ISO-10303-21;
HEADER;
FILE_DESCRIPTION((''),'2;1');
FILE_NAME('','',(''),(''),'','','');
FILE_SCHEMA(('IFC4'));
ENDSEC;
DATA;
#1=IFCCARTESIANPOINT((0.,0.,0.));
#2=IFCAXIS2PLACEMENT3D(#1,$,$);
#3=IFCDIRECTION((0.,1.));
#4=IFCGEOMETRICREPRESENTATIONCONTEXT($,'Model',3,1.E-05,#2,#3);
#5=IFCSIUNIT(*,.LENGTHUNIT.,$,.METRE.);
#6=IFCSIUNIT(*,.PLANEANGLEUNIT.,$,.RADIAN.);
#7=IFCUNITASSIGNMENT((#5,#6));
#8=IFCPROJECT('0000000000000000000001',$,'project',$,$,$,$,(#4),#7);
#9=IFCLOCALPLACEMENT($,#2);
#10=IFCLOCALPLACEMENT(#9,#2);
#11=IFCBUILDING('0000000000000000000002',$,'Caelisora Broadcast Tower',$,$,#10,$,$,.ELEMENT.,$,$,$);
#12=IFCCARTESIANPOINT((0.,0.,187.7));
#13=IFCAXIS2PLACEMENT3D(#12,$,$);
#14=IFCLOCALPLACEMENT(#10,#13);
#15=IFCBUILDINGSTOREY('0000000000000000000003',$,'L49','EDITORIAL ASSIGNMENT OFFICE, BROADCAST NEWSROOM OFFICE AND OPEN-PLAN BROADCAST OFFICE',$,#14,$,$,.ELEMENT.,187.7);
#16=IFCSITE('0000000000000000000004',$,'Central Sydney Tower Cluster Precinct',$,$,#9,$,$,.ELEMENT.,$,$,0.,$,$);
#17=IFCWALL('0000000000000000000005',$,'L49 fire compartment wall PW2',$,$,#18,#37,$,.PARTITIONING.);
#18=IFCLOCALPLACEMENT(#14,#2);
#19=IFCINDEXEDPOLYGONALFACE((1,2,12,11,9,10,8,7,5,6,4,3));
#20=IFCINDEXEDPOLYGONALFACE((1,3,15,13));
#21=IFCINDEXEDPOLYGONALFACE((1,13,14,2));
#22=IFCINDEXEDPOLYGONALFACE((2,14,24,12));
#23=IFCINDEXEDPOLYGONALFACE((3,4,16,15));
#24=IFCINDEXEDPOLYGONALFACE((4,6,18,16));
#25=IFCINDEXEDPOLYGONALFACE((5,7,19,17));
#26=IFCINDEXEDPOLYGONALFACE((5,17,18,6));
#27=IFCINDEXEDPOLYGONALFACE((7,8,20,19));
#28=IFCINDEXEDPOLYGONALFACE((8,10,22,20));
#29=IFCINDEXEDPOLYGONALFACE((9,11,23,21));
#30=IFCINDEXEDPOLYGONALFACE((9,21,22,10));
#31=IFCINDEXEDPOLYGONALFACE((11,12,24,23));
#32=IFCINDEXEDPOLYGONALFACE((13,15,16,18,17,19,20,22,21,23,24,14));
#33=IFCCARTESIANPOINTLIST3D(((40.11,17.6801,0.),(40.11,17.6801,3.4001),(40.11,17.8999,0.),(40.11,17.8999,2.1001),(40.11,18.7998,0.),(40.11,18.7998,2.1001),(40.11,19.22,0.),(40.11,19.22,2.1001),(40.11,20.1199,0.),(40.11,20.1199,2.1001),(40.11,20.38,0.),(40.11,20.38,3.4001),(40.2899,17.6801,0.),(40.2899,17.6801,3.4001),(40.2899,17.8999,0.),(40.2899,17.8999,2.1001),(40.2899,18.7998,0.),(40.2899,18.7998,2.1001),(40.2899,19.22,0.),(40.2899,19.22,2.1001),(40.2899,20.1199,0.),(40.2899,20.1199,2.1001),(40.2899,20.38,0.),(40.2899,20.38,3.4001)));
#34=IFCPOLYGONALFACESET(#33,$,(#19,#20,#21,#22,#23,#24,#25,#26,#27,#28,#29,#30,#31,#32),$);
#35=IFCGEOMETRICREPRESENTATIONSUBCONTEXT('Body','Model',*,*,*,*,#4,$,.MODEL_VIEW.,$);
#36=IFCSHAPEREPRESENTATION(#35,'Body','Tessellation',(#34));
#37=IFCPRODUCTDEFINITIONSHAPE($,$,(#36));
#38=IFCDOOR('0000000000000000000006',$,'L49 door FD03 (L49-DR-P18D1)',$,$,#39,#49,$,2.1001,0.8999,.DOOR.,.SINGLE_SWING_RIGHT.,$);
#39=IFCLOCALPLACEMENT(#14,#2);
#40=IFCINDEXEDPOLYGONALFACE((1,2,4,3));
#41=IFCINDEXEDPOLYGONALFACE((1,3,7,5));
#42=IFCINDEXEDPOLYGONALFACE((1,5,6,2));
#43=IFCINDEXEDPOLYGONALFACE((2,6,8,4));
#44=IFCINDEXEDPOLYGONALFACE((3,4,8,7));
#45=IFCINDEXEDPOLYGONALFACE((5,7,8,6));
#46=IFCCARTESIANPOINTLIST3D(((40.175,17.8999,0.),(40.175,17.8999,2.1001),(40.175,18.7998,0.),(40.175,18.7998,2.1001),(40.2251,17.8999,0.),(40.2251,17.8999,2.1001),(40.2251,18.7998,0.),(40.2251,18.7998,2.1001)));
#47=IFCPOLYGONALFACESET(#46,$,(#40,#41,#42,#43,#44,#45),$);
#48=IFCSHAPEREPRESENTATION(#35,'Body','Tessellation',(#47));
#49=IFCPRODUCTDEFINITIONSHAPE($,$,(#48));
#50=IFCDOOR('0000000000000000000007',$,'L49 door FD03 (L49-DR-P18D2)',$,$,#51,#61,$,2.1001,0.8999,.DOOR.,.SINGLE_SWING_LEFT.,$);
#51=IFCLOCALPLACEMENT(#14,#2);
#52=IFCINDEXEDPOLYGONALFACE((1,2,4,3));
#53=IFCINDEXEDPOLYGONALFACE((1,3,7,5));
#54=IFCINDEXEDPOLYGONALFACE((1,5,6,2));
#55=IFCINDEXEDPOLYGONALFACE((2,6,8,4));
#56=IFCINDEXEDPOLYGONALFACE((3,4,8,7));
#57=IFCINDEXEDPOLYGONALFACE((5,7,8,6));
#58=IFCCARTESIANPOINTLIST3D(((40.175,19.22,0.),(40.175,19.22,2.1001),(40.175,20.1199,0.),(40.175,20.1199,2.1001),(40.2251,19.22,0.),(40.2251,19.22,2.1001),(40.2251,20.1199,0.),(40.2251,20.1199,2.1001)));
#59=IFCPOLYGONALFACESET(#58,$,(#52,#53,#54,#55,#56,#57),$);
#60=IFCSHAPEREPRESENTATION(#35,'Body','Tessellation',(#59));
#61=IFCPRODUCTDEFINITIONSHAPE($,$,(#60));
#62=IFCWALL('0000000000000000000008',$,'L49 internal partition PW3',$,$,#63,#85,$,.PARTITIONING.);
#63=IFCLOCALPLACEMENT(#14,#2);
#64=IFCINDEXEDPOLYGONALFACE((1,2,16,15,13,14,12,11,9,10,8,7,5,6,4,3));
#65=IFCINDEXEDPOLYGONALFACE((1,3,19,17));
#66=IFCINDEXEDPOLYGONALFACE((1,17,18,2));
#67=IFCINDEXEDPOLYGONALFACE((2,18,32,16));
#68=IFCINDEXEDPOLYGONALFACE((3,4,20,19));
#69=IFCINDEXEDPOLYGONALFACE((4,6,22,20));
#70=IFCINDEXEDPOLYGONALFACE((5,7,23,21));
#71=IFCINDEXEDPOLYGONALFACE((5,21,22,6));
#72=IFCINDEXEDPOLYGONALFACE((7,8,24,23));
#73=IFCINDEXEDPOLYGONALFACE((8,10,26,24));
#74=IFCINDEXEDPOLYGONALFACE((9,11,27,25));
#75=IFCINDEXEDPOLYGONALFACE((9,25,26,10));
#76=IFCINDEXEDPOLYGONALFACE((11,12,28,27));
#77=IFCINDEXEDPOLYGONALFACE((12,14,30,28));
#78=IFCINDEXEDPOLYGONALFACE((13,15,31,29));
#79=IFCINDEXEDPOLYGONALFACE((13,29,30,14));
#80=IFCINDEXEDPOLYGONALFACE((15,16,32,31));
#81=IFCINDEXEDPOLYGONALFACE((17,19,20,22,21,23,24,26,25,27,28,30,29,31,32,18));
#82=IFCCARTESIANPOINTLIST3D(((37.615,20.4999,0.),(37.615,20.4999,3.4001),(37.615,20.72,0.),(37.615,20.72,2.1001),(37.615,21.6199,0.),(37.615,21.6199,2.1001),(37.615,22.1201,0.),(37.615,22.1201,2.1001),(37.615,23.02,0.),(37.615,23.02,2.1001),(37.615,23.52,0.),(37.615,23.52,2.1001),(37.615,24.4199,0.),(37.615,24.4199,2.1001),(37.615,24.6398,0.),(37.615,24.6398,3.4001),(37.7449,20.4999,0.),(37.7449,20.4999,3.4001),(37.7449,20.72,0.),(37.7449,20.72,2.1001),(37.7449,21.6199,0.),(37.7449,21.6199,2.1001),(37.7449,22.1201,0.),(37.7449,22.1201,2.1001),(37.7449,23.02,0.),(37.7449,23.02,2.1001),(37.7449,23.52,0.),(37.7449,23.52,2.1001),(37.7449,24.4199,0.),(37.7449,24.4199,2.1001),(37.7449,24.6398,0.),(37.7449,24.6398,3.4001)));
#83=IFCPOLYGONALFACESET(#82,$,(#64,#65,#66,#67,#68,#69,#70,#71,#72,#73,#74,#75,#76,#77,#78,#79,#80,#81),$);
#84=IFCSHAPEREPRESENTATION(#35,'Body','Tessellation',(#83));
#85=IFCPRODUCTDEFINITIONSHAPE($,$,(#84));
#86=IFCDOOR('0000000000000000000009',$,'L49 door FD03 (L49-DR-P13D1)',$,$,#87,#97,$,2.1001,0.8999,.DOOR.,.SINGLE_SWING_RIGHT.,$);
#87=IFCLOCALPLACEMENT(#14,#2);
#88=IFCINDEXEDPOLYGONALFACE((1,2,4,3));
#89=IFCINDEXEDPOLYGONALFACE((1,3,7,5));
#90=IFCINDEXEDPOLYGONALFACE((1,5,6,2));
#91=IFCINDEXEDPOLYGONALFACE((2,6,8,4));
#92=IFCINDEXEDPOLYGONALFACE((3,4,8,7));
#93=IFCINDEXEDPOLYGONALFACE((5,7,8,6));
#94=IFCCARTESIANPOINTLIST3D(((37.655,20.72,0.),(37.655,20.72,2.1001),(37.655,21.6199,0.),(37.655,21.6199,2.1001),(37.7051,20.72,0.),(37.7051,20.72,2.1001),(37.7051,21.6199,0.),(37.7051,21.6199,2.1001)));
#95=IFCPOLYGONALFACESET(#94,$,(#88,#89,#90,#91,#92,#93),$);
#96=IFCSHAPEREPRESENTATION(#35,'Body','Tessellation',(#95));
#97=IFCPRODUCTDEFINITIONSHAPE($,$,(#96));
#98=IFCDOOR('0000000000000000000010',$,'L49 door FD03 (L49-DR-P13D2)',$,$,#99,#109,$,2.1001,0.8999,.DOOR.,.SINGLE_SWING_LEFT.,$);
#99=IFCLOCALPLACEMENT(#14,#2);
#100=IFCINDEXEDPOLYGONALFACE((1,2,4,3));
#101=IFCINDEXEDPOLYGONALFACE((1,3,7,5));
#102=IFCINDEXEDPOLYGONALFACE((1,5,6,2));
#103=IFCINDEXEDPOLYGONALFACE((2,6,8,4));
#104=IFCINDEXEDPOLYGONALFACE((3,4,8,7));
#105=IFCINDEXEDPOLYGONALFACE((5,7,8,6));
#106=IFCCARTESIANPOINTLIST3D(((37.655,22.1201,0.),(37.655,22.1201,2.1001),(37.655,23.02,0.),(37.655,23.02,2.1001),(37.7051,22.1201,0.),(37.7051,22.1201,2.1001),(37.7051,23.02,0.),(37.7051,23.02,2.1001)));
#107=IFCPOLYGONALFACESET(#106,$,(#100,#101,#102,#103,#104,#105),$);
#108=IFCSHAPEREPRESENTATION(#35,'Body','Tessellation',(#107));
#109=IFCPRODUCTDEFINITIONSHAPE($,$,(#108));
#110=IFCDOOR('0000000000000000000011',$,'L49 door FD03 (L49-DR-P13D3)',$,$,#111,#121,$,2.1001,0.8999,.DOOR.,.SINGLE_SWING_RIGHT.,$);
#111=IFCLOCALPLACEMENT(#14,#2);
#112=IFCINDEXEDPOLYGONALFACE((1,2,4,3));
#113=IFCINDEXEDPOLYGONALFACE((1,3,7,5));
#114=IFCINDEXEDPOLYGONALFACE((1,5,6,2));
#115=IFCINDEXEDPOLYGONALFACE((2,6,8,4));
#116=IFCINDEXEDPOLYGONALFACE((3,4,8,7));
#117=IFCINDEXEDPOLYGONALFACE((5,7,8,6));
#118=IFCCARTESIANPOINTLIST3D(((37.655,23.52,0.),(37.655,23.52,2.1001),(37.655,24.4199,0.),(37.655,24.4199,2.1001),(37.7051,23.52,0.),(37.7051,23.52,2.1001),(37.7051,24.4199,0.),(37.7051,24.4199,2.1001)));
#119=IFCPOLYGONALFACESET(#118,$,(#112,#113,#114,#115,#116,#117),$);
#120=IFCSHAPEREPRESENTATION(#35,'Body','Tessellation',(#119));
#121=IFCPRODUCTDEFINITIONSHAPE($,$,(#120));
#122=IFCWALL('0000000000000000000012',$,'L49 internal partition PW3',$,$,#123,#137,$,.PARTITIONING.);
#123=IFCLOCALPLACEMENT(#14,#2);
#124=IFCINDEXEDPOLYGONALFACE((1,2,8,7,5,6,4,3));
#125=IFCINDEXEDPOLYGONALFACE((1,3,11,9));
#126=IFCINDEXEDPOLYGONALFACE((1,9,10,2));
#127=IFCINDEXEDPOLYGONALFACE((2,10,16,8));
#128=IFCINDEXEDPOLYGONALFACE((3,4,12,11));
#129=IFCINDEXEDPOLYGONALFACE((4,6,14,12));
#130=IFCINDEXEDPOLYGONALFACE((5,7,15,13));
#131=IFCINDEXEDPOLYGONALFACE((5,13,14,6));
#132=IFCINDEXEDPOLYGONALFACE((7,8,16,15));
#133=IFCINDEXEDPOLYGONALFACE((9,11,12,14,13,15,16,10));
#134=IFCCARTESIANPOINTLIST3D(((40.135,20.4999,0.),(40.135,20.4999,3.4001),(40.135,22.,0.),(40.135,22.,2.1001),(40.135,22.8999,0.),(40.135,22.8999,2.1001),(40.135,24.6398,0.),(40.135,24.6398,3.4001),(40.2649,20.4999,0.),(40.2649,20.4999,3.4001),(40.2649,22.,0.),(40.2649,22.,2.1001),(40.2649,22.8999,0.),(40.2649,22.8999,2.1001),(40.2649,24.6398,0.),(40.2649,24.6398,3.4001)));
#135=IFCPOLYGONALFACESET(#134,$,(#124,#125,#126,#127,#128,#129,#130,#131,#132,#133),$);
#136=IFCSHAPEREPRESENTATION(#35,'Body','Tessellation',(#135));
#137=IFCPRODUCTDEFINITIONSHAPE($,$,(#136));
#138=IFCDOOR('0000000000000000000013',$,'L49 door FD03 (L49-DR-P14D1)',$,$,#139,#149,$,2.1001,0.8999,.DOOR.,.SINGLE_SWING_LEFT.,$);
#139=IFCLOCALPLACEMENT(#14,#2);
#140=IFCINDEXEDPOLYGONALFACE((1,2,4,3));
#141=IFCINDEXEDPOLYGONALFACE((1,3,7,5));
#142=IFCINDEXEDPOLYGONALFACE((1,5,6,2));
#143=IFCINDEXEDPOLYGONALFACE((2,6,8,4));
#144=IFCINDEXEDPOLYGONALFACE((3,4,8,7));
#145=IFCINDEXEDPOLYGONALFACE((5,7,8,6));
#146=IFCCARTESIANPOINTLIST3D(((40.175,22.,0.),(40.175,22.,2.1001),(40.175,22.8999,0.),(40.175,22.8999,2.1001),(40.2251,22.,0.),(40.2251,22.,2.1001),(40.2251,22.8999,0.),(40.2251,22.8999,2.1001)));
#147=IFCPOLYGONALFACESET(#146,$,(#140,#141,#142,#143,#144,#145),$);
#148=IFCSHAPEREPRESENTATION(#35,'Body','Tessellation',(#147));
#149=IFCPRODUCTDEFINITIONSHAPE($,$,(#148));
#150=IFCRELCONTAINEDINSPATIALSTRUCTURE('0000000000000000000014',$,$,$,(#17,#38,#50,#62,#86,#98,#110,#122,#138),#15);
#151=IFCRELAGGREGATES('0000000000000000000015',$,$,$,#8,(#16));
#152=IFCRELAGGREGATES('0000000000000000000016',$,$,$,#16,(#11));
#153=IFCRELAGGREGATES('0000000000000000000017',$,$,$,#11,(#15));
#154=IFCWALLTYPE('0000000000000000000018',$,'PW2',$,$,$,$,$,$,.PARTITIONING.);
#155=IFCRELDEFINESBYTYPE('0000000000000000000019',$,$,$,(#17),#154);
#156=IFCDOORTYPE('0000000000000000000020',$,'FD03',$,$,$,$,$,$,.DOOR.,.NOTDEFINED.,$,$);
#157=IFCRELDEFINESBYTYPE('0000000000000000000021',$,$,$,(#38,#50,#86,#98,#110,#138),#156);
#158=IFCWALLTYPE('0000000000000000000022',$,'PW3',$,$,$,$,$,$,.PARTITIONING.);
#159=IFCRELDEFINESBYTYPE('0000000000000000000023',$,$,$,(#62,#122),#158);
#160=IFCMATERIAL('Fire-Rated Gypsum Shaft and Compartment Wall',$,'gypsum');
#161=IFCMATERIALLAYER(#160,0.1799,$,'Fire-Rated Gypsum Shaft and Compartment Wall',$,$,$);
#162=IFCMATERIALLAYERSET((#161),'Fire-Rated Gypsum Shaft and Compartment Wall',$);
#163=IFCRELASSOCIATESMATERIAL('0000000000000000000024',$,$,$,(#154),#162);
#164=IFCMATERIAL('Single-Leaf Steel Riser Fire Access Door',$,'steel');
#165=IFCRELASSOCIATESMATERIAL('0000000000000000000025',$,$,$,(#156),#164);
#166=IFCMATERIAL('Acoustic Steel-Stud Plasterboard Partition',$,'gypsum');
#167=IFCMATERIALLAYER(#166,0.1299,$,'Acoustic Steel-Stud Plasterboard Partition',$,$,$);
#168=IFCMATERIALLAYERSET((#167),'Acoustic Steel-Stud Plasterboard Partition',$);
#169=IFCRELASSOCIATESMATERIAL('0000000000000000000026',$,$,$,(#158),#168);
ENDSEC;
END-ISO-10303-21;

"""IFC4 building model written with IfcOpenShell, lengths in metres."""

from ifc_helpers import new_model, si_unit, direction, frame, frame_2d, origin, place, context, subcontext, project, spatial, rectangle, extrude, material, layer, layer_set, type_object, element, fill, save


model = new_model("IFC4")

# Units and contexts
model_context = context("Model", 3, precision=1e-05, world=origin(), true_north=direction((0.0, 1.0)))
body_context = subcontext(model_context, "Body", "Model", "MODEL_VIEW")
ifc_project = project(units=[si_unit("LENGTHUNIT", "METRE"), si_unit("PLANEANGLEUNIT", "RADIAN")], contexts=[model_context])

# Site, building, storey
site_placement = place(None, origin())
site = spatial("IfcSite", under=ifc_project, at=site_placement, Name="Central Sydney Tower Cluster Precinct", CompositionType="ELEMENT", RefElevation=0.0)
building_placement = place(site_placement, origin())
building = spatial("IfcBuilding", under=site, at=building_placement, Name="Caelisora Broadcast Tower", CompositionType="ELEMENT")
storey_placement = place(building_placement, frame((0.0, 0.0, 187.7)))
storey = spatial("IfcBuildingStorey", under=building, at=storey_placement, Name="L49", Description="EDITORIAL ASSIGNMENT OFFICE, BROADCAST NEWSROOM OFFICE AND OPEN-PLAN BROADCAST OFFICE", CompositionType="ELEMENT", Elevation=187.7)

# Shared definitions
ifc_material_1 = material(Name="Fire-Rated Gypsum Shaft and Compartment Wall", Category="gypsum")
ifc_layer_1 = layer(ifc_material_1, 0.1799, Name="Fire-Rated Gypsum Shaft and Compartment Wall")
ifc_layer_set_1 = layer_set([ifc_layer_1], Name="Fire-Rated Gypsum Shaft and Compartment Wall")
wall_type_1 = type_object("IfcWallType", Name="PW2", PredefinedType="PARTITIONING", material=ifc_layer_set_1)

# Shared definitions
ifc_material_2 = material(Name="Single-Leaf Steel Riser Fire Access Door", Category="steel")
door_type = type_object("IfcDoorType", Name="FD03", OperationType="NOTDEFINED", PredefinedType="DOOR", material=ifc_material_2)

# Walls, openings, doors
wall_1_placement = place(storey_placement, frame((40.2, 17.6799, 0.0), z_axis=(0.0, 0.0, 1.0), x_axis=(0.0, 1.0, 0.0)))
wall_1 = element("IfcWall", 1, at=wall_1_placement, inside=storey, type_object=wall_type_1, Name="L49 fire compartment wall PW2", PredefinedType="PARTITIONING", context=body_context, shape_type="SweptSolid", body=[
    extrude(rectangle(XDim=2.7, YDim=0.1799, at=frame_2d((1.3501, 0.0))), origin(), (0.0, 0.0, 1.0), 3.4001),
])
opening_1_placement = place(wall_1_placement, frame((0.22, 0.0, 0.0)))
opening_1 = element("IfcOpeningElement", 2, at=opening_1_placement, cuts=wall_1, PredefinedType="OPENING", context=body_context, shape_type="SweptSolid", body=[
    extrude(rectangle(XDim=0.8999, YDim=2.1001, at=frame_2d((0.45, 1.05))), frame((0.0, 0.1021, 0.0), z_axis=(0.0, -1.0, 0.0), x_axis=(1.0, 0.0, 0.0)), (0.0, 0.0, 1.0), 0.2039),
])
opening_2_placement = place(wall_1_placement, frame((1.54, 0.0, 0.0)))
opening_2 = element("IfcOpeningElement", 3, at=opening_2_placement, cuts=wall_1, PredefinedType="OPENING", context=body_context, shape_type="SweptSolid", body=[
    extrude(rectangle(XDim=0.8999, YDim=2.1001, at=frame_2d((0.45, 1.05))), frame((0.0, 0.1021, 0.0), z_axis=(0.0, -1.0, 0.0), x_axis=(1.0, 0.0, 0.0)), (0.0, 0.0, 1.0), 0.2039),
])
door_1_placement = place(opening_1_placement, origin())
door_1 = element("IfcDoor", 4, at=door_1_placement, inside=storey, type_object=door_type, Name="L49 door FD03 (L49-DR-P18D1)", OperationType="SINGLE_SWING_RIGHT", OverallHeight=2.1001, OverallWidth=0.8999, PredefinedType="DOOR", context=body_context, shape_type="SweptSolid", body=[
    extrude(rectangle(XDim=0.8999, YDim=2.1001, at=frame_2d((0.45, 1.05))), frame((0.0, 0.0249, 0.0), z_axis=(0.0, -1.0, 0.0), x_axis=(1.0, 0.0, 0.0)), (0.0, 0.0, 1.0), 0.05),
])
fill(opening_1, door_1)
door_2_placement = place(opening_2_placement, origin())
door_2 = element("IfcDoor", 5, at=door_2_placement, inside=storey, type_object=door_type, Name="L49 door FD03 (L49-DR-P18D2)", OperationType="SINGLE_SWING_LEFT", OverallHeight=2.1001, OverallWidth=0.8999, PredefinedType="DOOR", context=body_context, shape_type="SweptSolid", body=[
    extrude(rectangle(XDim=0.8999, YDim=2.1001, at=frame_2d((0.45, 1.05))), frame((0.0, 0.0249, 0.0), z_axis=(0.0, -1.0, 0.0), x_axis=(1.0, 0.0, 0.0)), (0.0, 0.0, 1.0), 0.05),
])
fill(opening_2, door_2)
ifc_material_3 = material(Name="Acoustic Steel-Stud Plasterboard Partition", Category="gypsum")
ifc_layer_2 = layer(ifc_material_3, 0.1299, Name="Acoustic Steel-Stud Plasterboard Partition")
ifc_layer_set_2 = layer_set([ifc_layer_2], Name="Acoustic Steel-Stud Plasterboard Partition")
wall_type_2 = type_object("IfcWallType", Name="PW3", PredefinedType="PARTITIONING", material=ifc_layer_set_2)
wall_2_placement = place(storey_placement, frame((37.6799, 20.5, 0.0), z_axis=(0.0, 0.0, 1.0), x_axis=(0.0, 1.0, 0.0)))
wall_2 = element("IfcWall", 6, at=wall_2_placement, inside=storey, type_object=wall_type_2, Name="L49 internal partition PW3", PredefinedType="PARTITIONING", context=body_context, shape_type="SweptSolid", body=[
    extrude(rectangle(XDim=4.1399, YDim=0.1299, at=frame_2d((2.0698, 0.0))), origin(), (0.0, 0.0, 1.0), 3.4001),
])
opening_3_placement = place(wall_2_placement, frame((0.22, 0.0, 0.0)))
opening_3 = element("IfcOpeningElement", 7, at=opening_3_placement, cuts=wall_2, PredefinedType="OPENING", context=body_context, shape_type="SweptSolid", body=[
    extrude(rectangle(XDim=0.8999, YDim=2.1001, at=frame_2d((0.45, 1.05))), frame((0.0, 0.0769, 0.0), z_axis=(0.0, -1.0, 0.0), x_axis=(1.0, 0.0, 0.0)), (0.0, 0.0, 1.0), 0.1538),
])
opening_4_placement = place(wall_2_placement, frame((1.6201, 0.0, 0.0)))
opening_4 = element("IfcOpeningElement", 8, at=opening_4_placement, cuts=wall_2, PredefinedType="OPENING", context=body_context, shape_type="SweptSolid", body=[
    extrude(rectangle(XDim=0.8999, YDim=2.1001, at=frame_2d((0.45, 1.05))), frame((0.0, 0.0769, 0.0), z_axis=(0.0, -1.0, 0.0), x_axis=(1.0, 0.0, 0.0)), (0.0, 0.0, 1.0), 0.1538),
])
opening_5_placement = place(wall_2_placement, frame((3.02, 0.0, 0.0)))
opening_5 = element("IfcOpeningElement", 9, at=opening_5_placement, cuts=wall_2, PredefinedType="OPENING", context=body_context, shape_type="SweptSolid", body=[
    extrude(rectangle(XDim=0.8999, YDim=2.1001, at=frame_2d((0.45, 1.05))), frame((0.0, 0.0769, 0.0), z_axis=(0.0, -1.0, 0.0), x_axis=(1.0, 0.0, 0.0)), (0.0, 0.0, 1.0), 0.1538),
])
door_3_placement = place(opening_3_placement, origin())
door_3 = element("IfcDoor", 10, at=door_3_placement, inside=storey, type_object=door_type, Name="L49 door FD03 (L49-DR-P13D1)", OperationType="SINGLE_SWING_RIGHT", OverallHeight=2.1001, OverallWidth=0.8999, PredefinedType="DOOR", context=body_context, shape_type="SweptSolid", body=[
    extrude(rectangle(XDim=0.8999, YDim=2.1001, at=frame_2d((0.45, 1.05))), frame((0.0, 0.0249, 0.0), z_axis=(0.0, -1.0, 0.0), x_axis=(1.0, 0.0, 0.0)), (0.0, 0.0, 1.0), 0.05),
])
fill(opening_3, door_3)
door_4_placement = place(opening_4_placement, origin())
door_4 = element("IfcDoor", 11, at=door_4_placement, inside=storey, type_object=door_type, Name="L49 door FD03 (L49-DR-P13D2)", OperationType="SINGLE_SWING_LEFT", OverallHeight=2.1001, OverallWidth=0.8999, PredefinedType="DOOR", context=body_context, shape_type="SweptSolid", body=[
    extrude(rectangle(XDim=0.8999, YDim=2.1001, at=frame_2d((0.45, 1.05))), frame((0.0, 0.0249, 0.0), z_axis=(0.0, -1.0, 0.0), x_axis=(1.0, 0.0, 0.0)), (0.0, 0.0, 1.0), 0.05),
])
fill(opening_4, door_4)
door_5_placement = place(opening_5_placement, origin())
door_5 = element("IfcDoor", 12, at=door_5_placement, inside=storey, type_object=door_type, Name="L49 door FD03 (L49-DR-P13D3)", OperationType="SINGLE_SWING_RIGHT", OverallHeight=2.1001, OverallWidth=0.8999, PredefinedType="DOOR", context=body_context, shape_type="SweptSolid", body=[
    extrude(rectangle(XDim=0.8999, YDim=2.1001, at=frame_2d((0.45, 1.05))), frame((0.0, 0.0249, 0.0), z_axis=(0.0, -1.0, 0.0), x_axis=(1.0, 0.0, 0.0)), (0.0, 0.0, 1.0), 0.05),
])
fill(opening_5, door_5)

# Wall, opening, door
wall_3_placement = place(storey_placement, frame((40.2, 20.5, 0.0), z_axis=(0.0, 0.0, 1.0), x_axis=(0.0, 1.0, 0.0)))
wall_3 = element("IfcWall", 13, at=wall_3_placement, inside=storey, type_object=wall_type_2, Name="L49 internal partition PW3", PredefinedType="PARTITIONING", context=body_context, shape_type="SweptSolid", body=[
    extrude(rectangle(XDim=4.1399, YDim=0.1299, at=frame_2d((2.0698, 0.0))), origin(), (0.0, 0.0, 1.0), 3.4001),
])
opening_6_placement = place(wall_3_placement, frame((1.5, 0.0, 0.0)))
opening_6 = element("IfcOpeningElement", 14, at=opening_6_placement, cuts=wall_3, PredefinedType="OPENING", context=body_context, shape_type="SweptSolid", body=[
    extrude(rectangle(XDim=0.8999, YDim=2.1001, at=frame_2d((0.45, 1.05))), frame((0.0, 0.0769, 0.0), z_axis=(0.0, -1.0, 0.0), x_axis=(1.0, 0.0, 0.0)), (0.0, 0.0, 1.0), 0.1538),
])
door_6_placement = place(opening_6_placement, origin())
door_6 = element("IfcDoor", 15, at=door_6_placement, inside=storey, type_object=door_type, Name="L49 door FD03 (L49-DR-P14D1)", OperationType="SINGLE_SWING_LEFT", OverallHeight=2.1001, OverallWidth=0.8999, PredefinedType="DOOR", context=body_context, shape_type="SweptSolid", body=[
    extrude(rectangle(XDim=0.8999, YDim=2.1001, at=frame_2d((0.45, 1.05))), frame((0.0, 0.0249, 0.0), z_axis=(0.0, -1.0, 0.0), x_axis=(1.0, 0.0, 0.0)), (0.0, 0.0, 1.0), 0.05),
])
fill(opening_6, door_6)

save(model, "model.ifc")
